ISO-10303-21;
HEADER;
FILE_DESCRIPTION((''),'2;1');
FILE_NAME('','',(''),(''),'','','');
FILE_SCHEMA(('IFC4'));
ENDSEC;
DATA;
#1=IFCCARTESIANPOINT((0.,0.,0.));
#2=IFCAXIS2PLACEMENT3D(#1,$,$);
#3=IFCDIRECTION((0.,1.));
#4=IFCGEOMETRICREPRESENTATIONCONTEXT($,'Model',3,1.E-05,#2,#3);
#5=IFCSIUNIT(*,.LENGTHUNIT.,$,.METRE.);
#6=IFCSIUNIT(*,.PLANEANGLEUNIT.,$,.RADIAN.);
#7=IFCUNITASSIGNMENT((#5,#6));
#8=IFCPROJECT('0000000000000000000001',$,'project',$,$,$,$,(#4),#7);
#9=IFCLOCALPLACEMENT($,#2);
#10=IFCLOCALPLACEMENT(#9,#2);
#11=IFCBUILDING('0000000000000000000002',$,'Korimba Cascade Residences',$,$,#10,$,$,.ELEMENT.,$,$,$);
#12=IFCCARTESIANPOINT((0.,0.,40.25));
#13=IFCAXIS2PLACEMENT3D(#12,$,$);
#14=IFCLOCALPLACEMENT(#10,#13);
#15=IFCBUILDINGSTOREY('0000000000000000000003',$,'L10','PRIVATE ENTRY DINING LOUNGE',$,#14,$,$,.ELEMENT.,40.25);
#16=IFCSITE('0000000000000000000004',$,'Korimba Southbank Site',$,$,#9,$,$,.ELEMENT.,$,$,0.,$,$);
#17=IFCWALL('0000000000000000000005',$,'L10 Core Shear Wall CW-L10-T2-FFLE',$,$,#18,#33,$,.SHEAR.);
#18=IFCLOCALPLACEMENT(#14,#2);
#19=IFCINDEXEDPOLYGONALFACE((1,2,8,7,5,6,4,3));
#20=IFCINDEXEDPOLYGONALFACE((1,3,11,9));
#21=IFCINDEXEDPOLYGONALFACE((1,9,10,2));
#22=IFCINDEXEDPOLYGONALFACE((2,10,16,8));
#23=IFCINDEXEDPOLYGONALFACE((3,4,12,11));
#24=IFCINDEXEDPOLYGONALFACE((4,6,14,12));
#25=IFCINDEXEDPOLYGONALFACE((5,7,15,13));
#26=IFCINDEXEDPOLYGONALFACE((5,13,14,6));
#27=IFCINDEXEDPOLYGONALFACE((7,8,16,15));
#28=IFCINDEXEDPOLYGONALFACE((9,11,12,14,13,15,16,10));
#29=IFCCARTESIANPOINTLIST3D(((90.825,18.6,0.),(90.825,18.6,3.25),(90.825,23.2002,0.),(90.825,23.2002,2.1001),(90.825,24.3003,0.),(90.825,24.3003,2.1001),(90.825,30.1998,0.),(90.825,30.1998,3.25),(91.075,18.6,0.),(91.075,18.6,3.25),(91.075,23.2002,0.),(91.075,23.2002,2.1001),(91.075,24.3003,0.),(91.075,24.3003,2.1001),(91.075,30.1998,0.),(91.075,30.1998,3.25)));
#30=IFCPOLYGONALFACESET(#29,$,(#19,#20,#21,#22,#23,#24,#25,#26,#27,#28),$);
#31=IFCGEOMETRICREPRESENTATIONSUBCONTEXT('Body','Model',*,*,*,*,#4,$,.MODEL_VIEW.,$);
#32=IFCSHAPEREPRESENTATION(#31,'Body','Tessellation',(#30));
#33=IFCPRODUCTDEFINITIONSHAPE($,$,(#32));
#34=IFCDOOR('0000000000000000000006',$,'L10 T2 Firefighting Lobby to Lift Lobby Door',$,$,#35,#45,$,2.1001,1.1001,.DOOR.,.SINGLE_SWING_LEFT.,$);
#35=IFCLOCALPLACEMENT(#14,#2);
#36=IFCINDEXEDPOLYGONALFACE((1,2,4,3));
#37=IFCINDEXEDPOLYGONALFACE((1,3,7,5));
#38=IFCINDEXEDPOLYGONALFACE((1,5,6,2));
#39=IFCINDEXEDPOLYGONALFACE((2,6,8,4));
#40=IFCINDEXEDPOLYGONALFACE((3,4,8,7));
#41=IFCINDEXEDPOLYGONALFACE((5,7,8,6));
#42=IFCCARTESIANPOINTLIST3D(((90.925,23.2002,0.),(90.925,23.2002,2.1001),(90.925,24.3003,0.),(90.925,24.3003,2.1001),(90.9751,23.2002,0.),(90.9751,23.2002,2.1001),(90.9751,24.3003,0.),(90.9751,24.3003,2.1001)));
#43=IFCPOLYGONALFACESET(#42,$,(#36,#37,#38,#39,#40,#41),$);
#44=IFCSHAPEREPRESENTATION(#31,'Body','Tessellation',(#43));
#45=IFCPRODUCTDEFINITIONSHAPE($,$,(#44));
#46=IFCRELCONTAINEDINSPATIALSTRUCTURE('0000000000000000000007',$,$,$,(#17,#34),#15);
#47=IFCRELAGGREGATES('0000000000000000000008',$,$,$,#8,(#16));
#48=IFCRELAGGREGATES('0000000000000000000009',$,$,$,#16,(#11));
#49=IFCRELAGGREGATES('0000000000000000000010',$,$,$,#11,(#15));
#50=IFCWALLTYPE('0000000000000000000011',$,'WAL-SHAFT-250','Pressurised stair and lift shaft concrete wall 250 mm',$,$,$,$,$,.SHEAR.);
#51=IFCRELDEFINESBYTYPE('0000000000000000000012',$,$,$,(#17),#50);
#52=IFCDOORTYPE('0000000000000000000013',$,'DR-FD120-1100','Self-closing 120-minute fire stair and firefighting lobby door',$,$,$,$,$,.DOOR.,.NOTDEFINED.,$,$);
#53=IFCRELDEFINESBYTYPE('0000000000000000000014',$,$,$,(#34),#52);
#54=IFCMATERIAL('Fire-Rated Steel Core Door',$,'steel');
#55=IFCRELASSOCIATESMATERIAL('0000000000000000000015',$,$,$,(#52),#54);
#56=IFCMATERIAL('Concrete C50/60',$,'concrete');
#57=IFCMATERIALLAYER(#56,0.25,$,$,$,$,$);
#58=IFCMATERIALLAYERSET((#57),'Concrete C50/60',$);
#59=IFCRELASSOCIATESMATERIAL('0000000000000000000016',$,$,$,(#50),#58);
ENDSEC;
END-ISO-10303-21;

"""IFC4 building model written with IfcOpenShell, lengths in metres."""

from ifc_helpers import new_model, si_unit, direction, frame, frame_2d, origin, place, context, subcontext, project, spatial, rectangle, extrude, material, layer, layer_set, type_object, element, fill, save


model = new_model("IFC4")

# Units and contexts
model_context = context("Model", 3, precision=1e-05, world=origin(), true_north=direction((0.0, 1.0)))
body_context = subcontext(model_context, "Body", "Model", "MODEL_VIEW")
ifc_project = project(units=[si_unit("LENGTHUNIT", "METRE"), si_unit("PLANEANGLEUNIT", "RADIAN")], contexts=[model_context])

# Site, building, storey
site_placement = place(None, origin())
site = spatial("IfcSite", under=ifc_project, at=site_placement, Name="Korimba Southbank Site", CompositionType="ELEMENT", RefElevation=0.0)
building_placement = place(site_placement, origin())
building = spatial("IfcBuilding", under=site, at=building_placement, Name="Korimba Cascade Residences", CompositionType="ELEMENT")
storey_placement = place(building_placement, frame((0.0, 0.0, 40.25)))
storey = spatial("IfcBuildingStorey", under=building, at=storey_placement, Name="L10", Description="PRIVATE ENTRY DINING LOUNGE", CompositionType="ELEMENT", Elevation=40.25)

# Shared definitions
ifc_material_1 = material(Name="Concrete C50/60", Category="concrete")

# Shared definitions
ifc_material_2 = material(Name="Fire-Rated Steel Core Door", Category="steel")
door_type_1 = type_object("IfcDoorType", Name="DR-FD120-1100", Description="Self-closing 120-minute fire stair and firefighting lobby door", OperationType="NOTDEFINED", PredefinedType="DOOR", material=ifc_material_2)

# Shared definitions
ifc_layer_1 = layer(ifc_material_1, 0.25)
ifc_layer_set_1 = layer_set([ifc_layer_1], Name="Concrete C50/60")
wall_type_1 = type_object("IfcWallType", Name="WAL-SHAFT-250", Description="Pressurised stair and lift shaft concrete wall 250 mm", PredefinedType="SHEAR", material=ifc_layer_set_1)

# Wall, opening, door
wall_1_placement = place(storey_placement, frame((90.95, 18.6001, 0.0), z_axis=(0.0, 0.0, 1.0), x_axis=(0.0, 1.0, 0.0)))
wall_1 = element("IfcWall", 1, at=wall_1_placement, inside=storey, type_object=wall_type_1, Name="L10 Core Shear Wall CW-L10-T2-FFLE", PredefinedType="SHEAR", context=body_context, shape_type="SweptSolid", body=[
    extrude(rectangle(XDim=11.5999, YDim=0.25, at=frame_2d((5.7998, 0.0))), origin(), (0.0, 0.0, 1.0), 3.25),
])
opening_1_placement = place(wall_1_placement, frame((4.6001, 0.0, 0.0)))
opening_1 = element("IfcOpeningElement", 2, at=opening_1_placement, cuts=wall_1, PredefinedType="OPENING", context=body_context, shape_type="SweptSolid", body=[
    extrude(rectangle(XDim=1.1001, YDim=2.1001, at=frame_2d((0.55, 1.05))), frame((0.0, 0.135, 0.0), z_axis=(0.0, -1.0, 0.0), x_axis=(1.0, 0.0, 0.0)), (0.0, 0.0, 1.0), 0.27),
])
door_1_placement = place(opening_1_placement, origin())
door_1 = element("IfcDoor", 3, at=door_1_placement, inside=storey, type_object=door_type_1, Name="L10 T2 Firefighting Lobby to Lift Lobby Door", OperationType="SINGLE_SWING_LEFT", OverallHeight=2.1001, OverallWidth=1.1001, PredefinedType="DOOR", context=body_context, shape_type="SweptSolid", body=[
    extrude(rectangle(XDim=1.1001, YDim=2.1001, at=frame_2d((0.55, 1.05))), frame((0.0, 0.0249, 0.0), z_axis=(0.0, -1.0, 0.0), x_axis=(1.0, 0.0, 0.0)), (0.0, 0.0, 1.0), 0.05),
])
fill(opening_1, door_1)

save(model, "model.ifc")
